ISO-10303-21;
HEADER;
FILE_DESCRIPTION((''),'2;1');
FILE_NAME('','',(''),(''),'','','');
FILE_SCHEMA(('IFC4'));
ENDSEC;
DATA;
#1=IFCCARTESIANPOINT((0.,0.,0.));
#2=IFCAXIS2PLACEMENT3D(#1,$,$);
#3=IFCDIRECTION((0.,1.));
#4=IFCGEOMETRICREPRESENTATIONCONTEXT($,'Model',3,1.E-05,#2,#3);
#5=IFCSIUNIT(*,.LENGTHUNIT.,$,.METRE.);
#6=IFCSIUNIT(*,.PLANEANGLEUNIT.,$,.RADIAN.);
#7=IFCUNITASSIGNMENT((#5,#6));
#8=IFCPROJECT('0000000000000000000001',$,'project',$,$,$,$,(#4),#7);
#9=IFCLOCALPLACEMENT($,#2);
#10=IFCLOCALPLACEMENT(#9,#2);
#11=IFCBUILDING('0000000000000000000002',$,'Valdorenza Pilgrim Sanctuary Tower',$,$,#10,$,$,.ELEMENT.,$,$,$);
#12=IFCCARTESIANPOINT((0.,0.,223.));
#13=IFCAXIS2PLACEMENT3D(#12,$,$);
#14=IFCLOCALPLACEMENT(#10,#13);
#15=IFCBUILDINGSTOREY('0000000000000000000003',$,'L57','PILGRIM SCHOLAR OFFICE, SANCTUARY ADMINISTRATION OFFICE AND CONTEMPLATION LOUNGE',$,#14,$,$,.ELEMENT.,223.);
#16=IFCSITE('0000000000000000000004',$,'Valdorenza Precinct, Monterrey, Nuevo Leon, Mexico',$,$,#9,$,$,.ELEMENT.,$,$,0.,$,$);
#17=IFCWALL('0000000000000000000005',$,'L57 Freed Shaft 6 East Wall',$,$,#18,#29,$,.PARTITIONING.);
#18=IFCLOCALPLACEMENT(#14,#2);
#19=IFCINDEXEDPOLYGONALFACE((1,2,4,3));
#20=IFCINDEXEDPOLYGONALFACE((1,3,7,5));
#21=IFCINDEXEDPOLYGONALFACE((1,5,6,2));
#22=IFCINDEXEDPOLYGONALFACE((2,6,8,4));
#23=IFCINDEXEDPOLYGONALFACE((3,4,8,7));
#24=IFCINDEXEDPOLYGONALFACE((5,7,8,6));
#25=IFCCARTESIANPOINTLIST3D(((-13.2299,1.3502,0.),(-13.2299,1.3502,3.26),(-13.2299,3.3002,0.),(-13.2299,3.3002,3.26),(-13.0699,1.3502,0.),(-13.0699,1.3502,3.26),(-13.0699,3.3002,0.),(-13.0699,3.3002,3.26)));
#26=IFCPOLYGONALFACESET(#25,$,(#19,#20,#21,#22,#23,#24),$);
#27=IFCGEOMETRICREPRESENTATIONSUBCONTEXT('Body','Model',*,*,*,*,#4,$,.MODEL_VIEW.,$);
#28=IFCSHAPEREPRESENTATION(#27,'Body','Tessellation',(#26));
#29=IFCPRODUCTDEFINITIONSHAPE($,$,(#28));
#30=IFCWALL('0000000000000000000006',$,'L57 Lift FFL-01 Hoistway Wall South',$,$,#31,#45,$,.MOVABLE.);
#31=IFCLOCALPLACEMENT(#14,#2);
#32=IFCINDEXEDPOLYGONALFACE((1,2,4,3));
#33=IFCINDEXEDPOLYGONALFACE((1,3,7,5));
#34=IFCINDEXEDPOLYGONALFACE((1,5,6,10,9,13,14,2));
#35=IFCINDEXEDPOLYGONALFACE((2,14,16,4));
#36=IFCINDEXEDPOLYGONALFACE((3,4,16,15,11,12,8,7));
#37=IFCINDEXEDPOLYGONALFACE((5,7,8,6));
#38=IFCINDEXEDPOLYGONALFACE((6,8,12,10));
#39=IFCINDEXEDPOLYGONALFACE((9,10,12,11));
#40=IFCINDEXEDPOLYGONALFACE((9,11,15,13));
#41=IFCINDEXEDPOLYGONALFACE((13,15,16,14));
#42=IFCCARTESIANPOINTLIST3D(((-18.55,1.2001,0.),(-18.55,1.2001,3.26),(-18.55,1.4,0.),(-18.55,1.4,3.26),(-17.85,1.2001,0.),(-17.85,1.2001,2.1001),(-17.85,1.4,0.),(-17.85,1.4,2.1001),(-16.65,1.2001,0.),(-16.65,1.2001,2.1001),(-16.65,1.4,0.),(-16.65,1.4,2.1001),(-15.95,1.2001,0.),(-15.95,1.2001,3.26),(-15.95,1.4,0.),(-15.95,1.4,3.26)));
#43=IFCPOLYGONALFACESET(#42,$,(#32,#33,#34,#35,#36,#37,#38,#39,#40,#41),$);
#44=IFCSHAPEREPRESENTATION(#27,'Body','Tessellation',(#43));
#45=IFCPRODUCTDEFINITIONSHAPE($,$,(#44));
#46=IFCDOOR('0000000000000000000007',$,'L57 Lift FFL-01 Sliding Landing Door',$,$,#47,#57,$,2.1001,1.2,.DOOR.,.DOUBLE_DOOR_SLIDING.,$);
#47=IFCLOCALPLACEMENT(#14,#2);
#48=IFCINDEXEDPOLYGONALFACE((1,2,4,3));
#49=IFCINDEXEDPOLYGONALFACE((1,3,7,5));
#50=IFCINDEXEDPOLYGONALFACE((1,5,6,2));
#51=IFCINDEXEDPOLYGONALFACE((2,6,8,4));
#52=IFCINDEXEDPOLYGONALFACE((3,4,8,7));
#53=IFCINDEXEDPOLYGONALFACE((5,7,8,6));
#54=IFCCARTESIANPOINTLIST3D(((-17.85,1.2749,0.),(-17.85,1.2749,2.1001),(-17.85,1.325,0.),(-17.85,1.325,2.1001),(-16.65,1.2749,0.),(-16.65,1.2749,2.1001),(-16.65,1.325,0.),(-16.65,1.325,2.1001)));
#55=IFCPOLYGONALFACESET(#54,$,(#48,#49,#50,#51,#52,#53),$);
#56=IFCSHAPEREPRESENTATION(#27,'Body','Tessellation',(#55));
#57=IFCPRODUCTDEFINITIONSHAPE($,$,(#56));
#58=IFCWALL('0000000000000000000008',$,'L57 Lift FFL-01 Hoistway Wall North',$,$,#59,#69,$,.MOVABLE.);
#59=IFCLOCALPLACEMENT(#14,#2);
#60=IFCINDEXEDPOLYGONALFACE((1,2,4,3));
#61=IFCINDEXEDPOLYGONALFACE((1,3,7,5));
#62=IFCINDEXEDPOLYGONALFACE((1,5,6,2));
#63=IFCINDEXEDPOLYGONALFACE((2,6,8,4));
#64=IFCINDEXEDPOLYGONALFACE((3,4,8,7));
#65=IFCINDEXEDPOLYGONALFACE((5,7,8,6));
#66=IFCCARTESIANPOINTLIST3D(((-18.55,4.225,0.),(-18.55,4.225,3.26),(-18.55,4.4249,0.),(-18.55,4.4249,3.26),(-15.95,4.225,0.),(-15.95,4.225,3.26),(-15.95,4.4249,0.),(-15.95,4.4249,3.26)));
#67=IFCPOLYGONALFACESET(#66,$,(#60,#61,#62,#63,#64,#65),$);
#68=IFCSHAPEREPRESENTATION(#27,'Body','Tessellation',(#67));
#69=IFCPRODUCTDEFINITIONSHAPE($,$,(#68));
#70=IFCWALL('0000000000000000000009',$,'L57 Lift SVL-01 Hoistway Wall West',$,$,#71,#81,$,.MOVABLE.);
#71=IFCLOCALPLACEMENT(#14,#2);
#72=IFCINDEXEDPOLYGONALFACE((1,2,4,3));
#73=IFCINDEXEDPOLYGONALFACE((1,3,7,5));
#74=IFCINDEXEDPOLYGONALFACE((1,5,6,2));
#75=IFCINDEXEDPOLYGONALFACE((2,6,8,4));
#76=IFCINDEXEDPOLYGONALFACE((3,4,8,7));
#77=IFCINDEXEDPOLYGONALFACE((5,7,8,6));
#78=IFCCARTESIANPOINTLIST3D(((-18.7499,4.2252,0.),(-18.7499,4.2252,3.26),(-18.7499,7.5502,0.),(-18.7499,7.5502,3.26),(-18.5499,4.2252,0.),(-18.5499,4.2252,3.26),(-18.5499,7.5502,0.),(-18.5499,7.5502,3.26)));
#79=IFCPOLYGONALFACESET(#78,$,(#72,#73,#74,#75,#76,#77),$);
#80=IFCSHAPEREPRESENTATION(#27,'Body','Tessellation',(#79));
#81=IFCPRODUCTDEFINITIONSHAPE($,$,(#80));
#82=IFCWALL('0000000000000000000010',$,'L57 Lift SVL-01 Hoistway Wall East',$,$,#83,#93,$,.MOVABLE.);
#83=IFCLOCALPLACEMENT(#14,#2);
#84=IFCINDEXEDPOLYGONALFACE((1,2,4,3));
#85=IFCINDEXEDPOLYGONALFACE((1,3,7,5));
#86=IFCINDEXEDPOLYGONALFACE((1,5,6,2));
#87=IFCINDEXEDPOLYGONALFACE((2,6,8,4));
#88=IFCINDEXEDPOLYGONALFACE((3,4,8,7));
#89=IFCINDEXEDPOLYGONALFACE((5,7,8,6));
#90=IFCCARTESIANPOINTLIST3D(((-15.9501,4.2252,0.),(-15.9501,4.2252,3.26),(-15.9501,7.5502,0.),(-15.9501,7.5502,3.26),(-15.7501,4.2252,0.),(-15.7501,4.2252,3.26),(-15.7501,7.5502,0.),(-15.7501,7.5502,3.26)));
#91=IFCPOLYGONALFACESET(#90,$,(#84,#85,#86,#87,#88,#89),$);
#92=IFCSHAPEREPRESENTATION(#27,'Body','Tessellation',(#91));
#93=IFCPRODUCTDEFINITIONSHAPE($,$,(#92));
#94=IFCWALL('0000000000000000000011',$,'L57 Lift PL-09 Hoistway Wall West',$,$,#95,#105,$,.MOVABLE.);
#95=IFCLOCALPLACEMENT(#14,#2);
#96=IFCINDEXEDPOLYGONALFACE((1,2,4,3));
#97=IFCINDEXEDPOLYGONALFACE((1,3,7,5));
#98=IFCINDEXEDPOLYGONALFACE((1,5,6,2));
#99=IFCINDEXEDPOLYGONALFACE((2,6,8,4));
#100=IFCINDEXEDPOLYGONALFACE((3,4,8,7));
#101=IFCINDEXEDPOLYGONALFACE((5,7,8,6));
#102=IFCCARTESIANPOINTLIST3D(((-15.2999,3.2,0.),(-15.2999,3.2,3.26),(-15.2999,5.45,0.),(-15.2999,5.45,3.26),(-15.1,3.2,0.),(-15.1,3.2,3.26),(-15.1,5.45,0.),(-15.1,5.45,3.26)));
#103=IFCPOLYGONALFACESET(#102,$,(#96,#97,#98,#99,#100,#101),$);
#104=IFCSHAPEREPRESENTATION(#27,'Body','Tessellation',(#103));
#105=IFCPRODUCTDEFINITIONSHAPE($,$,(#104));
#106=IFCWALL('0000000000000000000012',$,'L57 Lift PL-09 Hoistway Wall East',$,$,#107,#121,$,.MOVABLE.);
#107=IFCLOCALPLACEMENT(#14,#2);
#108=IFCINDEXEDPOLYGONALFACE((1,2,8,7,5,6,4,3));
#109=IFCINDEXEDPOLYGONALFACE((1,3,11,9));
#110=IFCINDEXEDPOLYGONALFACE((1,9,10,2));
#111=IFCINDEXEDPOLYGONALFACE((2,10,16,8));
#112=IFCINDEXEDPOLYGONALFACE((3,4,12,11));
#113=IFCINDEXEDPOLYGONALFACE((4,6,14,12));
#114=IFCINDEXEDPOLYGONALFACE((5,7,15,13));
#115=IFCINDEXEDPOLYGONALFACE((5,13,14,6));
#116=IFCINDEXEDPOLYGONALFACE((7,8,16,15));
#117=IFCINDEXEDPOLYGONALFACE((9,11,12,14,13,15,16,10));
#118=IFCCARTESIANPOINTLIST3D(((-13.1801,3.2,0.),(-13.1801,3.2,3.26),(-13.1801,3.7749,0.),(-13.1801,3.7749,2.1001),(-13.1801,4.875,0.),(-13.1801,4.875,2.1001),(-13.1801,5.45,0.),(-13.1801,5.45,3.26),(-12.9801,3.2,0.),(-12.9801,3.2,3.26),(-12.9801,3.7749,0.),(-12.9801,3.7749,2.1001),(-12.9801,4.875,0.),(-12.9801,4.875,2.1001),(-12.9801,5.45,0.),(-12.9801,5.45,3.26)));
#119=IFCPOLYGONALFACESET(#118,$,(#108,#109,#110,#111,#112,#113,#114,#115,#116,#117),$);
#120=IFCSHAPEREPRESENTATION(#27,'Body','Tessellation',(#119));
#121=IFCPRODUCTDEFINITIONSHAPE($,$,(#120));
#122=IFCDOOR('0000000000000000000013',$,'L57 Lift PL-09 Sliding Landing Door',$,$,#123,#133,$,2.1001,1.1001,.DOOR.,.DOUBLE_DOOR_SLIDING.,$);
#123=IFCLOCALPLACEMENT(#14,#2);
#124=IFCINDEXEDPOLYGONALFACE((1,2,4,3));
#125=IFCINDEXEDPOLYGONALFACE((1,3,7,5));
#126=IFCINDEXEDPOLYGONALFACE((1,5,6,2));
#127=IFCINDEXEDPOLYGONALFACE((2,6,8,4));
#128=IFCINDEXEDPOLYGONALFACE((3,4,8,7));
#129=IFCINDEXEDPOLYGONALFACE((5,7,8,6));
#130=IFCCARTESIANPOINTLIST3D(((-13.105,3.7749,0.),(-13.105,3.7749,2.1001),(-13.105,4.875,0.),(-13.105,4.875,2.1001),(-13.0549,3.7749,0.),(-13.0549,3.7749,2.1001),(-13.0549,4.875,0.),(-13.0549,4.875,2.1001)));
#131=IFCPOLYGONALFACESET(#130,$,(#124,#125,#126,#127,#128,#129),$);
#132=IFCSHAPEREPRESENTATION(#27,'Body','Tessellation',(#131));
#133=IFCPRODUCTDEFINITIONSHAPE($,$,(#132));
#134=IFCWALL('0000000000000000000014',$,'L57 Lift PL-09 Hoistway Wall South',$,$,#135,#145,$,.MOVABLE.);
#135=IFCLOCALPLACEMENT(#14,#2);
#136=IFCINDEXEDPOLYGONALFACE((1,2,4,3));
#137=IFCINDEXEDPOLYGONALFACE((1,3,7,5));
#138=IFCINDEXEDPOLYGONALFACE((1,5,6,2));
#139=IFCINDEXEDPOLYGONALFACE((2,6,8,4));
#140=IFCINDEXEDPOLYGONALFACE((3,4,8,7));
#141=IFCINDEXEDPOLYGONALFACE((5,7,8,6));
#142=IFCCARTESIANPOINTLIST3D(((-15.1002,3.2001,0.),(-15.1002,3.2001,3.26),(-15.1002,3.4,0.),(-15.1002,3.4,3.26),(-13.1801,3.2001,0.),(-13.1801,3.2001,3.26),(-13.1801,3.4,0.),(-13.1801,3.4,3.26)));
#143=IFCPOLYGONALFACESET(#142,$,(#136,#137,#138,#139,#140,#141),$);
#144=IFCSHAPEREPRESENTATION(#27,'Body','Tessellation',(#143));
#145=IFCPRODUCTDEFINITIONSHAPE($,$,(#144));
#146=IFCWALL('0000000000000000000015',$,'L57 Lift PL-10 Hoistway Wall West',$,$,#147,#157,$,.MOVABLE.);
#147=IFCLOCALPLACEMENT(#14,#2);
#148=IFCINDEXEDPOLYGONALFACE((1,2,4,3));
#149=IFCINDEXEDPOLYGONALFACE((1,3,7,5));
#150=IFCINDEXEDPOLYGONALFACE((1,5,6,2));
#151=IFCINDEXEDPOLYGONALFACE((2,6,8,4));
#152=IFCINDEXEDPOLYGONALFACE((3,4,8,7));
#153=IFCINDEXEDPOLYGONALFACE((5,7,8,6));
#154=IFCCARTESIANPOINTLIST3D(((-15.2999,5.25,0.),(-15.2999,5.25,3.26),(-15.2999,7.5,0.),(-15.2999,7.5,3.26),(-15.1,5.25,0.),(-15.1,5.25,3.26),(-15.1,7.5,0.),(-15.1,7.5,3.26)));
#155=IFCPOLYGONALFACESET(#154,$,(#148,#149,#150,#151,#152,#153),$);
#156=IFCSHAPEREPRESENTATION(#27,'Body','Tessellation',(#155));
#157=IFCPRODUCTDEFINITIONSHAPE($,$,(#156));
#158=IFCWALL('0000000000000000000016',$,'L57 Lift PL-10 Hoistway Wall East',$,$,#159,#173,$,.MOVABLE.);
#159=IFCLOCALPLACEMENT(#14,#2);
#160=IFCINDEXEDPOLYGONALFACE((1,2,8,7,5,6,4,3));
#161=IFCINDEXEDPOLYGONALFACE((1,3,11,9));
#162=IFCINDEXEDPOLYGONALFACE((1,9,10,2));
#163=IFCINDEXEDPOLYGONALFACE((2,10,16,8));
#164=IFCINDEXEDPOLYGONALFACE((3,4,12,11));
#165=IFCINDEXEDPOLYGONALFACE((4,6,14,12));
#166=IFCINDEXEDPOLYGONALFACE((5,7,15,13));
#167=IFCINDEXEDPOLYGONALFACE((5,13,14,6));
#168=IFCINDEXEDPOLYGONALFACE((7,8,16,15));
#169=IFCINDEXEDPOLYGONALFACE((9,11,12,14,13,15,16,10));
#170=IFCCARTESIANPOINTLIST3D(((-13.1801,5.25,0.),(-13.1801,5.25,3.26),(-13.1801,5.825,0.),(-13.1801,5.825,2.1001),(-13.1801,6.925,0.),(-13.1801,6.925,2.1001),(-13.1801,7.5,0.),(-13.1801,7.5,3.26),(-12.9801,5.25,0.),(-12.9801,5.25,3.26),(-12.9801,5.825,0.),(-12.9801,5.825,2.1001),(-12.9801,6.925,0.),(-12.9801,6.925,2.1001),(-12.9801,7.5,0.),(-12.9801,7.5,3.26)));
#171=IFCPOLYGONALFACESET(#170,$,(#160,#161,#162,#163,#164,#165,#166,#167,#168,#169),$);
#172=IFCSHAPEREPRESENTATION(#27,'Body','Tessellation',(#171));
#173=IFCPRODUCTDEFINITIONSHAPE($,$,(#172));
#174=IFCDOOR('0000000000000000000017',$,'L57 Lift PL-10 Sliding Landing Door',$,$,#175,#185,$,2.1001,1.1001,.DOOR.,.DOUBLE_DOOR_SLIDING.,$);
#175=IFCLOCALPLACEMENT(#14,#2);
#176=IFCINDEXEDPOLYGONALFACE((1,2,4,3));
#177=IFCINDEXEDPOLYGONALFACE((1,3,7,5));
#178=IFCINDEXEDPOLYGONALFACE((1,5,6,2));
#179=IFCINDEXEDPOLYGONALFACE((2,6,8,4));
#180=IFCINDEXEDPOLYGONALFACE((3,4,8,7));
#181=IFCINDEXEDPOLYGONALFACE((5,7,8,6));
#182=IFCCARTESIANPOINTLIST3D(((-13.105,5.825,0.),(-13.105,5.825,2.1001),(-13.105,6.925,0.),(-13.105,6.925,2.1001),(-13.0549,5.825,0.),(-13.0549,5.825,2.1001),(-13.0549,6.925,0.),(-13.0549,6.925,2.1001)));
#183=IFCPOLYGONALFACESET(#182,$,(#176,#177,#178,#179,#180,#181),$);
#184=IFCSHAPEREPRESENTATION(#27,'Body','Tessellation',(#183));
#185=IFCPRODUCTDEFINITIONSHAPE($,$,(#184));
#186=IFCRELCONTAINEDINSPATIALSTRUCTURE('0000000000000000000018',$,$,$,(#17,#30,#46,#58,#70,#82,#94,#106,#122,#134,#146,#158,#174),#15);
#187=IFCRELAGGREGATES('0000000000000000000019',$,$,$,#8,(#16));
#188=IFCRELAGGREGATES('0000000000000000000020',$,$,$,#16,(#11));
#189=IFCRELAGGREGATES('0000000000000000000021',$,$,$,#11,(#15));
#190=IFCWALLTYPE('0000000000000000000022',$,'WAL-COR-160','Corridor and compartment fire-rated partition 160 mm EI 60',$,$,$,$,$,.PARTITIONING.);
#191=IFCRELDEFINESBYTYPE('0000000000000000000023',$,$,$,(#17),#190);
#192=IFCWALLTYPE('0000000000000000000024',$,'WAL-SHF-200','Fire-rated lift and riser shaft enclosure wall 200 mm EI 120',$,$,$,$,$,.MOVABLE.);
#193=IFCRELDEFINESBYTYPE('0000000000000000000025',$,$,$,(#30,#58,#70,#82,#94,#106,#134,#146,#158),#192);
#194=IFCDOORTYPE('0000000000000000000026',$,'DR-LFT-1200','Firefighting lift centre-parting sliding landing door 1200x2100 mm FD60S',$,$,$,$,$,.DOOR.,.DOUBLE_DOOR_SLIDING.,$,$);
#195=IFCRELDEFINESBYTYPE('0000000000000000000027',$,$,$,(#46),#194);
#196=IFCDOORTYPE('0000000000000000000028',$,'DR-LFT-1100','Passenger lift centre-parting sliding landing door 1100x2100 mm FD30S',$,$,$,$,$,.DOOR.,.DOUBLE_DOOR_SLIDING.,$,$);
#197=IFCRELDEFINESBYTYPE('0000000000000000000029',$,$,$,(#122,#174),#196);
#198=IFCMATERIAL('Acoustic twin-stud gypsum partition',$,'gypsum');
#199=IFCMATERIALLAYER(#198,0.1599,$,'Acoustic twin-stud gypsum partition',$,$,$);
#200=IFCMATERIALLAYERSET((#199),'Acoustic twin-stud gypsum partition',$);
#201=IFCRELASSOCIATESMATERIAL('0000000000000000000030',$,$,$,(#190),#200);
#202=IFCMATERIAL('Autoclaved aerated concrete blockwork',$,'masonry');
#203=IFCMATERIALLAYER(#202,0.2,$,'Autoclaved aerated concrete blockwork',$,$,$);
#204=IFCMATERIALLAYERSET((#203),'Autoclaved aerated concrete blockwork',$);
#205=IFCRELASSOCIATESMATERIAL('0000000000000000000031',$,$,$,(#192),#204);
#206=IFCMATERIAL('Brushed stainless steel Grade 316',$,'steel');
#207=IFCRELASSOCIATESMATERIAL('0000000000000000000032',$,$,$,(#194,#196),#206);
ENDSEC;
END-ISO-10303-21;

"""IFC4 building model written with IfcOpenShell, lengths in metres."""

from ifc_helpers import new_model, si_unit, direction, frame, frame_2d, origin, place, context, subcontext, project, spatial, rectangle, extrude, material, layer, layer_set, type_object, element, fill, save


model = new_model("IFC4")

# Units and contexts
model_context = context("Model", 3, precision=1e-05, world=origin(), true_north=direction((0.0, 1.0)))
body_context = subcontext(model_context, "Body", "Model", "MODEL_VIEW")
ifc_project = project(units=[si_unit("LENGTHUNIT", "METRE"), si_unit("PLANEANGLEUNIT", "RADIAN")], contexts=[model_context])

# Site, building, storey
site_placement = place(None, origin())
site = spatial("IfcSite", under=ifc_project, at=site_placement, Name="Valdorenza Precinct, Monterrey, Nuevo Leon, Mexico", CompositionType="ELEMENT", RefElevation=0.0)
building_placement = place(site_placement, origin())
building = spatial("IfcBuilding", under=site, at=building_placement, Name="Valdorenza Pilgrim Sanctuary Tower", CompositionType="ELEMENT")
storey_placement = place(building_placement, frame((0.0, 0.0, 223.0)))
storey = spatial("IfcBuildingStorey", under=building, at=storey_placement, Name="L57", Description="PILGRIM SCHOLAR OFFICE, SANCTUARY ADMINISTRATION OFFICE AND CONTEMPLATION LOUNGE", CompositionType="ELEMENT", Elevation=223.0)

# Wall
ifc_material_1 = material(Name="Acoustic twin-stud gypsum partition", Category="gypsum")
ifc_layer_1 = layer(ifc_material_1, 0.1599, Name="Acoustic twin-stud gypsum partition")
ifc_layer_set_1 = layer_set([ifc_layer_1], Name="Acoustic twin-stud gypsum partition")
wall_type_1 = type_object("IfcWallType", Name="WAL-COR-160", Description="Corridor and compartment fire-rated partition 160 mm EI 60", PredefinedType="PARTITIONING", material=ifc_layer_set_1)
wall_1_placement = place(storey_placement, frame((-13.1499, 1.3501, 0.0), z_axis=(0.0, 0.0, 1.0), x_axis=(0.0, 1.0, 0.0)))
element("IfcWall", 1, at=wall_1_placement, inside=storey, type_object=wall_type_1, Name="L57 Freed Shaft 6 East Wall", PredefinedType="PARTITIONING", context=body_context, shape_type="SweptSolid", body=[
    extrude(rectangle(XDim=1.95, YDim=0.1599, at=frame_2d((0.9751, 0.0))), origin(), (0.0, 0.0, 1.0), 3.26),
])

# Wall, opening, door
ifc_material_2 = material(Name="Autoclaved aerated concrete blockwork", Category="masonry")
ifc_layer_2 = layer(ifc_material_2, 0.2, Name="Autoclaved aerated concrete blockwork")
ifc_layer_set_2 = layer_set([ifc_layer_2], Name="Autoclaved aerated concrete blockwork")
wall_type_2 = type_object("IfcWallType", Name="WAL-SHF-200", Description="Fire-rated lift and riser shaft enclosure wall 200 mm EI 120", PredefinedType="MOVABLE", material=ifc_layer_set_2)
wall_2_placement = place(storey_placement, frame((-18.55, 1.3, 0.0), z_axis=(0.0, 0.0, 1.0), x_axis=(1.0, 0.0, 0.0)))
wall_2 = element("IfcWall", 2, at=wall_2_placement, inside=storey, type_object=wall_type_2, Name="L57 Lift FFL-01 Hoistway Wall South", PredefinedType="MOVABLE", context=body_context, shape_type="SweptSolid", body=[
    extrude(rectangle(XDim=2.6001, YDim=0.2, at=frame_2d((1.3, 0.0))), origin(), (0.0, 0.0, 1.0), 3.26),
])
opening_1_placement = place(wall_2_placement, frame((0.7, 0.0, 0.0)))
opening_1 = element("IfcOpeningElement", 3, at=opening_1_placement, cuts=wall_2, PredefinedType="OPENING", context=body_context, shape_type="SweptSolid", body=[
    extrude(rectangle(XDim=1.2, YDim=2.1001, at=frame_2d((0.6001, 1.05))), frame((0.0, 0.1147, 0.0), z_axis=(0.0, -1.0, 0.0), x_axis=(1.0, 0.0, 0.0)), (0.0, 0.0, 1.0), 0.2297),
])
ifc_material_3 = material(Name="Brushed stainless steel Grade 316", Category="steel")
door_type_1 = type_object("IfcDoorType", Name="DR-LFT-1200", Description="Firefighting lift centre-parting sliding landing door 1200x2100 mm FD60S", OperationType="DOUBLE_DOOR_SLIDING", PredefinedType="DOOR", material=ifc_material_3)
door_1_placement = place(opening_1_placement, origin())
door_1 = element("IfcDoor", 4, at=door_1_placement, inside=storey, type_object=door_type_1, Name="L57 Lift FFL-01 Sliding Landing Door", OperationType="DOUBLE_DOOR_SLIDING", OverallHeight=2.1001, OverallWidth=1.2, PredefinedType="DOOR", context=body_context, shape_type="SweptSolid", body=[
    extrude(rectangle(XDim=1.2, YDim=2.1001, at=frame_2d((0.6001, 1.05))), frame((0.0, 0.0249, 0.0), z_axis=(0.0, -1.0, 0.0), x_axis=(1.0, 0.0, 0.0)), (0.0, 0.0, 1.0), 0.05),
])
fill(opening_1, door_1)

# Walls
wall_3_placement = place(storey_placement, frame((-18.55, 4.325, 0.0), z_axis=(0.0, 0.0, 1.0), x_axis=(1.0, 0.0, 0.0)))
element("IfcWall", 5, at=wall_3_placement, inside=storey, type_object=wall_type_2, Name="L57 Lift FFL-01 Hoistway Wall North", PredefinedType="MOVABLE", context=body_context, shape_type="SweptSolid", body=[
    extrude(rectangle(XDim=2.6001, YDim=0.2, at=frame_2d((1.3, 0.0))), origin(), (0.0, 0.0, 1.0), 3.26),
])
for number, where, z_axis, x_axis, name in (
    (6, (-18.6499, 4.2251, 0.0), (0.0, 0.0, 1.0), (0.0, 1.0, 0.0), "L57 Lift SVL-01 Hoistway Wall West"),
    (7, (-15.8501, 4.2251, 0.0), (0.0, 0.0, 1.0), (0.0, 1.0, 0.0), "L57 Lift SVL-01 Hoistway Wall East"),
):
    element("IfcWall", number, at=place(storey_placement, frame(where, z_axis=z_axis, x_axis=x_axis)), inside=storey, type_object=wall_type_2, Name=name, PredefinedType="MOVABLE", context=body_context, shape_type="SweptSolid", body=[
        extrude(rectangle(XDim=3.325, YDim=0.2, at=frame_2d((1.6626, 0.0))), origin(), (0.0, 0.0, 1.0), 3.26),
    ])
wall_4_placement = place(storey_placement, frame((-15.2, 3.2, 0.0), z_axis=(0.0, 0.0, 1.0), x_axis=(0.0, 1.0, 0.0)))
element("IfcWall", 8, at=wall_4_placement, inside=storey, type_object=wall_type_2, Name="L57 Lift PL-09 Hoistway Wall West", PredefinedType="MOVABLE", context=body_context, shape_type="SweptSolid", body=[
    extrude(rectangle(XDim=2.25, YDim=0.2, at=frame_2d((1.125, 0.0))), origin(), (0.0, 0.0, 1.0), 3.26),
])

# Wall, opening, door
wall_5_placement = place(storey_placement, frame((-13.0801, 3.2, 0.0), z_axis=(0.0, 0.0, 1.0), x_axis=(0.0, 1.0, 0.0)))
wall_5 = element("IfcWall", 9, at=wall_5_placement, inside=storey, type_object=wall_type_2, Name="L57 Lift PL-09 Hoistway Wall East", PredefinedType="MOVABLE", context=body_context, shape_type="SweptSolid", body=[
    extrude(rectangle(XDim=2.25, YDim=0.2, at=frame_2d((1.125, 0.0))), origin(), (0.0, 0.0, 1.0), 3.26),
])
opening_2_placement = place(wall_5_placement, frame((0.575, 0.0, 0.0)))
opening_2 = element("IfcOpeningElement", 10, at=opening_2_placement, cuts=wall_5, PredefinedType="OPENING", context=body_context, shape_type="SweptSolid", body=[
    extrude(rectangle(XDim=1.1001, YDim=2.1001, at=frame_2d((0.55, 1.05))), frame((0.0, 0.1147, 0.0), z_axis=(0.0, -1.0, 0.0), x_axis=(1.0, 0.0, 0.0)), (0.0, 0.0, 1.0), 0.2297),
])
door_type_2 = type_object("IfcDoorType", Name="DR-LFT-1100", Description="Passenger lift centre-parting sliding landing door 1100x2100 mm FD30S", OperationType="DOUBLE_DOOR_SLIDING", PredefinedType="DOOR", material=ifc_material_3)
door_2_placement = place(opening_2_placement, origin())
door_2 = element("IfcDoor", 11, at=door_2_placement, inside=storey, type_object=door_type_2, Name="L57 Lift PL-09 Sliding Landing Door", OperationType="DOUBLE_DOOR_SLIDING", OverallHeight=2.1001, OverallWidth=1.1001, PredefinedType="DOOR", context=body_context, shape_type="SweptSolid", body=[
    extrude(rectangle(XDim=1.1001, YDim=2.1001, at=frame_2d((0.55, 1.05))), frame((0.0, 0.0249, 0.0), z_axis=(0.0, -1.0, 0.0), x_axis=(1.0, 0.0, 0.0)), (0.0, 0.0, 1.0), 0.05),
])
fill(opening_2, door_2)

# Walls
wall_6_placement = place(storey_placement, frame((-15.1001, 3.3, 0.0), z_axis=(0.0, 0.0, 1.0), x_axis=(1.0, 0.0, 0.0)))
element("IfcWall", 12, at=wall_6_placement, inside=storey, type_object=wall_type_2, Name="L57 Lift PL-09 Hoistway Wall South", PredefinedType="MOVABLE", context=body_context, shape_type="SweptSolid", body=[
    extrude(rectangle(XDim=1.9202, YDim=0.2, at=frame_2d((0.96, 0.0))), origin(), (0.0, 0.0, 1.0), 3.26),
])
wall_7_placement = place(storey_placement, frame((-15.2, 5.25, 0.0), z_axis=(0.0, 0.0, 1.0), x_axis=(0.0, 1.0, 0.0)))
element("IfcWall", 13, at=wall_7_placement, inside=storey, type_object=wall_type_2, Name="L57 Lift PL-10 Hoistway Wall West", PredefinedType="MOVABLE", context=body_context, shape_type="SweptSolid", body=[
    extrude(rectangle(XDim=2.25, YDim=0.2, at=frame_2d((1.125, 0.0))), origin(), (0.0, 0.0, 1.0), 3.26),
])

# Wall, opening, door
wall_8_placement = place(storey_placement, frame((-13.0801, 5.25, 0.0), z_axis=(0.0, 0.0, 1.0), x_axis=(0.0, 1.0, 0.0)))
wall_8 = element("IfcWall", 14, at=wall_8_placement, inside=storey, type_object=wall_type_2, Name="L57 Lift PL-10 Hoistway Wall East", PredefinedType="MOVABLE", context=body_context, shape_type="SweptSolid", body=[
    extrude(rectangle(XDim=2.25, YDim=0.2, at=frame_2d((1.125, 0.0))), origin(), (0.0, 0.0, 1.0), 3.26),
])
opening_3_placement = place(wall_8_placement, frame((0.575, 0.0, 0.0)))
opening_3 = element("IfcOpeningElement", 15, at=opening_3_placement, cuts=wall_8, PredefinedType="OPENING", context=body_context, shape_type="SweptSolid", body=[
    extrude(rectangle(XDim=1.1001, YDim=2.1001, at=frame_2d((0.55, 1.05))), frame((0.0, 0.1147, 0.0), z_axis=(0.0, -1.0, 0.0), x_axis=(1.0, 0.0, 0.0)), (0.0, 0.0, 1.0), 0.2297),
])
door_3_placement = place(opening_3_placement, origin())
door_3 = element("IfcDoor", 16, at=door_3_placement, inside=storey, type_object=door_type_2, Name="L57 Lift PL-10 Sliding Landing Door", OperationType="DOUBLE_DOOR_SLIDING", OverallHeight=2.1001, OverallWidth=1.1001, PredefinedType="DOOR", context=body_context, shape_type="SweptSolid", body=[
    extrude(rectangle(XDim=1.1001, YDim=2.1001, at=frame_2d((0.55, 1.05))), frame((0.0, 0.0249, 0.0), z_axis=(0.0, -1.0, 0.0), x_axis=(1.0, 0.0, 0.0)), (0.0, 0.0, 1.0), 0.05),
])
fill(opening_3, door_3)

save(model, "model.ifc")
